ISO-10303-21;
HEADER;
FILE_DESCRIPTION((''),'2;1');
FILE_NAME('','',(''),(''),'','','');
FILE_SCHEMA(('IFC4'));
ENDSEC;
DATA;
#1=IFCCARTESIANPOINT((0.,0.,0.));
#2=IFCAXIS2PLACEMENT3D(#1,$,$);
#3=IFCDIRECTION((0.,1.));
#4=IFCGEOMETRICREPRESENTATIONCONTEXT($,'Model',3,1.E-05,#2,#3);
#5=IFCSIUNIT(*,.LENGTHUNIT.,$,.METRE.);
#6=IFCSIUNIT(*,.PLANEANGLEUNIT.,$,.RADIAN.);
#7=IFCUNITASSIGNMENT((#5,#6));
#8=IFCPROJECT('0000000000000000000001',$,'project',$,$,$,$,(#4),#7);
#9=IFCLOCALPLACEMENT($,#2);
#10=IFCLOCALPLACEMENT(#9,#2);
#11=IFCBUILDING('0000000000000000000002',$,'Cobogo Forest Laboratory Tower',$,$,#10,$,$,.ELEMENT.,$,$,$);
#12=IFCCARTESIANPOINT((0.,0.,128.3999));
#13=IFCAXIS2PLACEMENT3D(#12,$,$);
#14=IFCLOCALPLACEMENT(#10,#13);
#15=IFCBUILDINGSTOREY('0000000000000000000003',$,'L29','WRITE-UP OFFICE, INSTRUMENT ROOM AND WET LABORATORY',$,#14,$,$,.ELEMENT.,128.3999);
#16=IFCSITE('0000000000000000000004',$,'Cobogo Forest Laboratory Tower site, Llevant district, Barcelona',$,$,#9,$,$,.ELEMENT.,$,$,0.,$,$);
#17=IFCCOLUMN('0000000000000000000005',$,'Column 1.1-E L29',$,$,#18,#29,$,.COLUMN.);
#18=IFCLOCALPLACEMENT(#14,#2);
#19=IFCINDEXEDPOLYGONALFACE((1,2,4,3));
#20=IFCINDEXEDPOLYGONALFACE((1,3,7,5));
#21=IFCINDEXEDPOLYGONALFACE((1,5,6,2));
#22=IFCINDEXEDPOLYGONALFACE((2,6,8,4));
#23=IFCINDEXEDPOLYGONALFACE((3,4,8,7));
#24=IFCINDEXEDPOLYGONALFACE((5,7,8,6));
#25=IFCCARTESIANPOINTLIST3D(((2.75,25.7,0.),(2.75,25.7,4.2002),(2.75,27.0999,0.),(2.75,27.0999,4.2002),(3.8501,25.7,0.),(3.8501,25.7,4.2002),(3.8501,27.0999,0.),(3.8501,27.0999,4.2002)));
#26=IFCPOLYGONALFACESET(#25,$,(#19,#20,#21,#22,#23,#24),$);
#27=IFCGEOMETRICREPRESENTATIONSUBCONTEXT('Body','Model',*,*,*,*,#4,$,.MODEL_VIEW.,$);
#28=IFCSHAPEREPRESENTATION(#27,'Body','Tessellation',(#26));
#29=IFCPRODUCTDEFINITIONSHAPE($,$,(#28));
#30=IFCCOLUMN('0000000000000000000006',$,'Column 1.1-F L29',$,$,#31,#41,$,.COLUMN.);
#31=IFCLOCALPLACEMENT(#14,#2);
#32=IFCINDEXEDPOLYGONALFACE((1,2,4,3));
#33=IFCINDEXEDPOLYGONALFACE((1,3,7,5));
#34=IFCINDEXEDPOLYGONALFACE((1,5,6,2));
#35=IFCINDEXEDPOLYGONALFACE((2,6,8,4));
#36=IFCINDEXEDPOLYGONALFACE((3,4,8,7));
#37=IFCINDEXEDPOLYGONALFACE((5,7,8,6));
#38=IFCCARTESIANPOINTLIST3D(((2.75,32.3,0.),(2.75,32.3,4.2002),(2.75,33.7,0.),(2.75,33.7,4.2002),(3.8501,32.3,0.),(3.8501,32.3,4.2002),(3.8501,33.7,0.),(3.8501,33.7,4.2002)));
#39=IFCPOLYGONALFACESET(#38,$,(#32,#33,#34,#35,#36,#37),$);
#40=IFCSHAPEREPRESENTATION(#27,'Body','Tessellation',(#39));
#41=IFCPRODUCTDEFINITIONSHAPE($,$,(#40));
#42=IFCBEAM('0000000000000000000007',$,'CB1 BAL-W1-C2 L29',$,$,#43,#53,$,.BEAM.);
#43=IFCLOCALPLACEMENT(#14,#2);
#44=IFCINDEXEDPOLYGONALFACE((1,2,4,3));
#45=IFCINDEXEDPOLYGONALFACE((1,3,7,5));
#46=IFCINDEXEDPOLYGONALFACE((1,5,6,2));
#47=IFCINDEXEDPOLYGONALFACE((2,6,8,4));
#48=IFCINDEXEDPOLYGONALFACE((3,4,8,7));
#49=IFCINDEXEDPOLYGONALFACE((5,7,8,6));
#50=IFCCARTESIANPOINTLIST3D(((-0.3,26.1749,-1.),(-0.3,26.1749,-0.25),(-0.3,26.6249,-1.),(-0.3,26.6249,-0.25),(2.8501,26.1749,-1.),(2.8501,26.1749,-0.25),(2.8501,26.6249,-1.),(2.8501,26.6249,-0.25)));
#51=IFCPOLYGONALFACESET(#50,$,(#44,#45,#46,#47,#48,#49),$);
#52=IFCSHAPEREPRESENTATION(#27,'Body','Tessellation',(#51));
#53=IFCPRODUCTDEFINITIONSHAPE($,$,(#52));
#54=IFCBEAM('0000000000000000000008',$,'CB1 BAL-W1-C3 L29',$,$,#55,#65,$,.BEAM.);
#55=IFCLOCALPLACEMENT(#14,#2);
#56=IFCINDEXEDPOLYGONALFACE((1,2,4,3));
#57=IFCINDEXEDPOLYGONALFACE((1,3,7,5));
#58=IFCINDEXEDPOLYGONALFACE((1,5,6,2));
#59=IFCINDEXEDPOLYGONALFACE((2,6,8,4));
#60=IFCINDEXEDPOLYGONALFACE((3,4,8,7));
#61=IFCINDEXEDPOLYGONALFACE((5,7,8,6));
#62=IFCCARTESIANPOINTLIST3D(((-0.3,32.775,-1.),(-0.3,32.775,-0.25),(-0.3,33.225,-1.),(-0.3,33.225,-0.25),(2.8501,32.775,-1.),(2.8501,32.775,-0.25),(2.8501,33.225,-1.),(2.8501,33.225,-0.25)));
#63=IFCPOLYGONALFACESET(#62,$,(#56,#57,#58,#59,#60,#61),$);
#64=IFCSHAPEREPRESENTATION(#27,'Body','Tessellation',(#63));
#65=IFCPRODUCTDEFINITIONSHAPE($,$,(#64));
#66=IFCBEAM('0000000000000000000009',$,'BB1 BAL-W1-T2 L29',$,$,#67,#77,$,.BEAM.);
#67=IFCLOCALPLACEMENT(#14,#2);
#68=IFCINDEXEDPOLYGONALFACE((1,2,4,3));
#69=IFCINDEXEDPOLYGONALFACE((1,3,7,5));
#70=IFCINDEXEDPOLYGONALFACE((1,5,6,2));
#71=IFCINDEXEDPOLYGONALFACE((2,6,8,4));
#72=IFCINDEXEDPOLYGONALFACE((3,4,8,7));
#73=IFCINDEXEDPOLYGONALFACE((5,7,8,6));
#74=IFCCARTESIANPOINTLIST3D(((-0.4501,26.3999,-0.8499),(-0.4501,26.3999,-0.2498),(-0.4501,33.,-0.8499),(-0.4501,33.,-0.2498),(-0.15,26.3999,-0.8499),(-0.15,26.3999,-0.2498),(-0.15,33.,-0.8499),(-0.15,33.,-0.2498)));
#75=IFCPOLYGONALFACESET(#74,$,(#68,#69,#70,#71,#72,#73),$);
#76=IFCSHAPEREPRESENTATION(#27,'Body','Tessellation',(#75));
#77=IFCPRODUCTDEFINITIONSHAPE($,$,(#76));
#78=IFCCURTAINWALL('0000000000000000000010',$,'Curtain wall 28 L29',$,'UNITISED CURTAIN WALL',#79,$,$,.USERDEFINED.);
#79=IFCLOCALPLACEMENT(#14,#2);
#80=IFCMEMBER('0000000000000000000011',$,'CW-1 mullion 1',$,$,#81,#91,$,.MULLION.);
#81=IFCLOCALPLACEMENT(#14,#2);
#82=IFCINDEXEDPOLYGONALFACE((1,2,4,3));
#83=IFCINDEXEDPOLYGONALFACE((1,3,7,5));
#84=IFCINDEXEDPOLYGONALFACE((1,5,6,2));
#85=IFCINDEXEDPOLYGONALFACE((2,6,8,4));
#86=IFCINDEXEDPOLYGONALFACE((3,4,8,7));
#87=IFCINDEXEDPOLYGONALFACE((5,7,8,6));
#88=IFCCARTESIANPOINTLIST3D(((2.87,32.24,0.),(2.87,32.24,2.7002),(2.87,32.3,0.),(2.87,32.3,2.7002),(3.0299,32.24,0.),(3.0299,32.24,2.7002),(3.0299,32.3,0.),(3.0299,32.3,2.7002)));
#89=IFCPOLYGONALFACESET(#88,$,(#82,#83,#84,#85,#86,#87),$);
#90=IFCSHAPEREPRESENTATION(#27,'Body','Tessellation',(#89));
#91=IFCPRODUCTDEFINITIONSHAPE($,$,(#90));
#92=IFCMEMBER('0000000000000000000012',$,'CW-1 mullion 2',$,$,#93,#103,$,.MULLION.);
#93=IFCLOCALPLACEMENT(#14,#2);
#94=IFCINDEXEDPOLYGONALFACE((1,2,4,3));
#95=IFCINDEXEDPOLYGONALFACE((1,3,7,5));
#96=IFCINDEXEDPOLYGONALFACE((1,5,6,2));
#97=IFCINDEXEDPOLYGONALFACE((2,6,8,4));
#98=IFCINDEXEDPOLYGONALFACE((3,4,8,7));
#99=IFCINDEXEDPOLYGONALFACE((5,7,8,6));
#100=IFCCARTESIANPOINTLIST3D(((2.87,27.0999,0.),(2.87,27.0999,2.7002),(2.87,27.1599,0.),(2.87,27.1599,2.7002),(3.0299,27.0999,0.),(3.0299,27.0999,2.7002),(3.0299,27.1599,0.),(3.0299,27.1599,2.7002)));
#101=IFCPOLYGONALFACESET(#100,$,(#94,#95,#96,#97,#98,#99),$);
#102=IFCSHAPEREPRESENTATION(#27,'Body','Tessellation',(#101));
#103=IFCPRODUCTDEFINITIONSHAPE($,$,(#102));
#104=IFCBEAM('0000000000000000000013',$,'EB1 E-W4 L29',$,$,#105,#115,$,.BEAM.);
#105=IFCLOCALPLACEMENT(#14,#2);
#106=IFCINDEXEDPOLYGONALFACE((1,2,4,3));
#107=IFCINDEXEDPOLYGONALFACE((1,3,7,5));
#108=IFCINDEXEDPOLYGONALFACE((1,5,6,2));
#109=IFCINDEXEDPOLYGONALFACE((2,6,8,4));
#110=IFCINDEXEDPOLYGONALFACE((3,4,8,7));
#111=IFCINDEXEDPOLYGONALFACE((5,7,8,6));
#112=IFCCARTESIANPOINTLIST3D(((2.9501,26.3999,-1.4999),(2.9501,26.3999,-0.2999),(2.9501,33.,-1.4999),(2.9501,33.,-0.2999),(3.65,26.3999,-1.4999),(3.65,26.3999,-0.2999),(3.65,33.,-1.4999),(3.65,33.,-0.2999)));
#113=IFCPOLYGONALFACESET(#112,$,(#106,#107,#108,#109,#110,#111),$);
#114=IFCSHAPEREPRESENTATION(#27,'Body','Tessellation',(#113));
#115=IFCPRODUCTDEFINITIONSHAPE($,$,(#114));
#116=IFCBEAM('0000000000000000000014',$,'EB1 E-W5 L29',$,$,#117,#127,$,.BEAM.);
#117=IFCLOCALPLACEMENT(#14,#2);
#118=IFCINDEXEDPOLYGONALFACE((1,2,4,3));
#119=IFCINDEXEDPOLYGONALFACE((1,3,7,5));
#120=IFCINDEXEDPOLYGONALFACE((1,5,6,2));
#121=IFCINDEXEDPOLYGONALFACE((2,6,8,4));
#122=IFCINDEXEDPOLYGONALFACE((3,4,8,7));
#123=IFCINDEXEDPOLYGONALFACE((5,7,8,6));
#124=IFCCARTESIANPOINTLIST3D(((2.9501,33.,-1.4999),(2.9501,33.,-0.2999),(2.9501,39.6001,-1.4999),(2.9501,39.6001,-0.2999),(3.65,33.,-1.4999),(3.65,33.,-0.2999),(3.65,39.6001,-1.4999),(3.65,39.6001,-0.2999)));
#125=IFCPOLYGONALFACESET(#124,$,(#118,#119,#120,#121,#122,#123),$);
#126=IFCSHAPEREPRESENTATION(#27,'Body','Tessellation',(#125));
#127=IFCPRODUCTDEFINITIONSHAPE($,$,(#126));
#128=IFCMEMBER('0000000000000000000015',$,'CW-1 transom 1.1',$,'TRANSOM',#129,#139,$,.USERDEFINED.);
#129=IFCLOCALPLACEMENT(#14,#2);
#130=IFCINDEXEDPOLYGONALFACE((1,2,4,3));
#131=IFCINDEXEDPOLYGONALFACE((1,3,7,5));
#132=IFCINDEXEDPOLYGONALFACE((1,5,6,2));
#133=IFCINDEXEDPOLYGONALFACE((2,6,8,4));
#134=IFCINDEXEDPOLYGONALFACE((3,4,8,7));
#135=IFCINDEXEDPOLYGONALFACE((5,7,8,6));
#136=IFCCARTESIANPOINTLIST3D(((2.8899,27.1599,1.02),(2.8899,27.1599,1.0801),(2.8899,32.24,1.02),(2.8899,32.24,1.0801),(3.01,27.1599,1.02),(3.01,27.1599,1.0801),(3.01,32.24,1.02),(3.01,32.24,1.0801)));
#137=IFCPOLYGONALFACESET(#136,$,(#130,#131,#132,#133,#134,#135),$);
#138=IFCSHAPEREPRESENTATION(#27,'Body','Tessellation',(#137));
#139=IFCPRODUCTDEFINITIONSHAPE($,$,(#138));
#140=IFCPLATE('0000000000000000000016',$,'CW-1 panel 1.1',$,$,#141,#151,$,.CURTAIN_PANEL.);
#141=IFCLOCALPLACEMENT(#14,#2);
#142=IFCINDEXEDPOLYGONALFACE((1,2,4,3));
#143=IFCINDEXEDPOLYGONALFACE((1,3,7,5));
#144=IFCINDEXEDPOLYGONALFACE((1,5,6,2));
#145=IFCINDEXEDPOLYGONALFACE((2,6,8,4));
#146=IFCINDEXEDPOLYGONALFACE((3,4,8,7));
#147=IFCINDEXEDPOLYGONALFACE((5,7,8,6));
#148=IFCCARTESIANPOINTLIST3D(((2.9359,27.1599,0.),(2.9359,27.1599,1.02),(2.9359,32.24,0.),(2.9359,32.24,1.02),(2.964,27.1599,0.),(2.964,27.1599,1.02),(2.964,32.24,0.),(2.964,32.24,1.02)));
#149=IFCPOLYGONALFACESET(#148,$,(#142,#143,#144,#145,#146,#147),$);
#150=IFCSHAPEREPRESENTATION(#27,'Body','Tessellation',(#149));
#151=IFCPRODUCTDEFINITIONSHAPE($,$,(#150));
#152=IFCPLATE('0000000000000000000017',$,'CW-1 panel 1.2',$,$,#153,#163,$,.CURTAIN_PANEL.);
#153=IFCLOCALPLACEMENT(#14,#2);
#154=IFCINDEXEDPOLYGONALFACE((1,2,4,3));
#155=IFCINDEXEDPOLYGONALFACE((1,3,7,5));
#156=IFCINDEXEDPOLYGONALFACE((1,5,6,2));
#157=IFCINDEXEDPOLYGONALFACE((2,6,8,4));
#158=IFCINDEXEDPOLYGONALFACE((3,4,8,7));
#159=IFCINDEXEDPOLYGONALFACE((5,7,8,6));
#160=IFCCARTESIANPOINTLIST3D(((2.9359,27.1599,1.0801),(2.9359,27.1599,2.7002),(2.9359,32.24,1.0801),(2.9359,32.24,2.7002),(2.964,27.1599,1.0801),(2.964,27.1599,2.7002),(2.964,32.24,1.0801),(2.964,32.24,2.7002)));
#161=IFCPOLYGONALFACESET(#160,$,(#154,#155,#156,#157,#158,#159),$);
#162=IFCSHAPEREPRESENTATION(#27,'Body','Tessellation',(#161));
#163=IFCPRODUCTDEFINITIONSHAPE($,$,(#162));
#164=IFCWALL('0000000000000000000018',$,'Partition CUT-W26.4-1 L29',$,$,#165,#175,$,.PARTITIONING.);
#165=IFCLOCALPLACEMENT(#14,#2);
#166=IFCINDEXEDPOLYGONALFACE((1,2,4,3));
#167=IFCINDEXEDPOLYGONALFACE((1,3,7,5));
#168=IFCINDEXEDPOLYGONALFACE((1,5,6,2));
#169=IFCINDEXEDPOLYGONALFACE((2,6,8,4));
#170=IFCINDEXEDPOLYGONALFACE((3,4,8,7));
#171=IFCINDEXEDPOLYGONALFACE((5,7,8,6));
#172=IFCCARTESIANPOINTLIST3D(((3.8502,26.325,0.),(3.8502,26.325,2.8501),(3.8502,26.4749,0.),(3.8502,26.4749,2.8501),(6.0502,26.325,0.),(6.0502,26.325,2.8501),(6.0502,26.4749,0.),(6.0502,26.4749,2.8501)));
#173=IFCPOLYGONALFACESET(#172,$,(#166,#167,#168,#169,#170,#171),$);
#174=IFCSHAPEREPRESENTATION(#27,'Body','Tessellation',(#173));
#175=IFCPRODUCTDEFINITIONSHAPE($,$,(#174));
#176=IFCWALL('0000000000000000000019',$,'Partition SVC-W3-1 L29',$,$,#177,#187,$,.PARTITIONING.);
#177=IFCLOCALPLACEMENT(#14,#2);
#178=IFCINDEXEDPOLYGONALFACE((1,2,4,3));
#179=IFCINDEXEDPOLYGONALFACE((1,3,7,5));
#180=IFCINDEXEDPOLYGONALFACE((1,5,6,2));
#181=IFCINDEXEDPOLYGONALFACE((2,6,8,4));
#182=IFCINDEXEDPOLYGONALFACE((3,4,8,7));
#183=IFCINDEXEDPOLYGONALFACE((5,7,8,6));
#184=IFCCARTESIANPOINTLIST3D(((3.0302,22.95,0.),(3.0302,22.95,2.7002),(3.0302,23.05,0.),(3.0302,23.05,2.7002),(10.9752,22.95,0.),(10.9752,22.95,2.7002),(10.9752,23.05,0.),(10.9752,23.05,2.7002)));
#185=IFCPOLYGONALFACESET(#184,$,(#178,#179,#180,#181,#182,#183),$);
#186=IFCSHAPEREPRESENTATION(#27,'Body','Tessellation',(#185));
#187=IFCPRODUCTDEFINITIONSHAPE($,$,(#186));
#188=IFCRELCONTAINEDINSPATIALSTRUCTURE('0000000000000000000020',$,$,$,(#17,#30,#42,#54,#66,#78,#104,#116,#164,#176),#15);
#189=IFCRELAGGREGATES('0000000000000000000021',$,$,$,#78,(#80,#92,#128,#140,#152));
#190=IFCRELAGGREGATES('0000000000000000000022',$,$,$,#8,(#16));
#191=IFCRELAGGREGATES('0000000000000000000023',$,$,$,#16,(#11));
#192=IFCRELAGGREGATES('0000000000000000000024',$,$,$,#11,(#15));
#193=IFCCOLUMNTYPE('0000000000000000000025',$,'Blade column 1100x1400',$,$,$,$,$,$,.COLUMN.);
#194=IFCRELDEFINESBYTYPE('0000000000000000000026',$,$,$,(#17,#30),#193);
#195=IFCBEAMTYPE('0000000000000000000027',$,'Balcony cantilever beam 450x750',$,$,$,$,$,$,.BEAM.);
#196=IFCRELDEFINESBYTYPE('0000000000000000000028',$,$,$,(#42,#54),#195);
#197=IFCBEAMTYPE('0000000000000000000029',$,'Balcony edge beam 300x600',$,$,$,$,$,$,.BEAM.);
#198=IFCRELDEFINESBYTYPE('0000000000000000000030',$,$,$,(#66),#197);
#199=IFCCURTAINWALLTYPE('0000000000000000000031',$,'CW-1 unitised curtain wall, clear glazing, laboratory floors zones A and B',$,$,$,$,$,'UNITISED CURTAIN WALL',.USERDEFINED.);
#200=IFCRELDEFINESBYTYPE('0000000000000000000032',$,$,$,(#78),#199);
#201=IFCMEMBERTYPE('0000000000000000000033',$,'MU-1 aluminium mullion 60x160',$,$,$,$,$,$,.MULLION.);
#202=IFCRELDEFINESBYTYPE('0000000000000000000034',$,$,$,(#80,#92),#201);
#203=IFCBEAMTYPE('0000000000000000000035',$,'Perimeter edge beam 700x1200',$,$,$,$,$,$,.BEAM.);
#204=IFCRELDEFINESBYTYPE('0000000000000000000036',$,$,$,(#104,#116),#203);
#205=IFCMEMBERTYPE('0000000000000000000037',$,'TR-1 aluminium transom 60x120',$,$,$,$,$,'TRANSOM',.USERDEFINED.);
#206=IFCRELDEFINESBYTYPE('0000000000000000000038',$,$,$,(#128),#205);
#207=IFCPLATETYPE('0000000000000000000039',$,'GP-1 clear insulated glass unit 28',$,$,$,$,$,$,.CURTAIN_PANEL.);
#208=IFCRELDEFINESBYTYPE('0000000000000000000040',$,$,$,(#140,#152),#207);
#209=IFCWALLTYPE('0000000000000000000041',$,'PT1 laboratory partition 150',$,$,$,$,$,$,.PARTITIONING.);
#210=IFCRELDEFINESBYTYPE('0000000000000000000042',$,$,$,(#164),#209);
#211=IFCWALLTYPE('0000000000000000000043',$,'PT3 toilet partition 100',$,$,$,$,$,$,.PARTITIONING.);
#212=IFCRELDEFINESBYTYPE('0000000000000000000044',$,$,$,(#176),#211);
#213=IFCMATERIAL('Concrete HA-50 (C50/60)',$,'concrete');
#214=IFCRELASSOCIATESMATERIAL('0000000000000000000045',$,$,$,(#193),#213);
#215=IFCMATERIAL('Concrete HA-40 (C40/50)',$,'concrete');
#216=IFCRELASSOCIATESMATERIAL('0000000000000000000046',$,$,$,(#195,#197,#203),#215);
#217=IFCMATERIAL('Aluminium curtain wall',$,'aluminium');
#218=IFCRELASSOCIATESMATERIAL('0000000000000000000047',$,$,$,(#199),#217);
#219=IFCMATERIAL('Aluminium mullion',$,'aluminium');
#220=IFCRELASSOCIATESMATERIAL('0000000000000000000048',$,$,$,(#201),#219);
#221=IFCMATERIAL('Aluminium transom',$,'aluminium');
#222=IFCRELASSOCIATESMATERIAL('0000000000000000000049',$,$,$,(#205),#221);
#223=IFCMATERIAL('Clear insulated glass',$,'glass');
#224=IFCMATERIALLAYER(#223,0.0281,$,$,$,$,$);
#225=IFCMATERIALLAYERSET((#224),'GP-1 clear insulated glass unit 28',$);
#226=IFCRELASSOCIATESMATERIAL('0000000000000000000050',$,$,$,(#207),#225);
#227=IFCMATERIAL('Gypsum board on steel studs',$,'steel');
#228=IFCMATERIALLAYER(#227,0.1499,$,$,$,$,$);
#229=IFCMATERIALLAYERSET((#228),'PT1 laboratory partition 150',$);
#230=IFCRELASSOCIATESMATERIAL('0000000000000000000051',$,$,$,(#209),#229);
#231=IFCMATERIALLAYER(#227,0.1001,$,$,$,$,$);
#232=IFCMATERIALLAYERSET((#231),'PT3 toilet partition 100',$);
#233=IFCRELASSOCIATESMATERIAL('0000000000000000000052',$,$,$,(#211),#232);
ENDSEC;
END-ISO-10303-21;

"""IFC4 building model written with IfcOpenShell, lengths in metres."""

from ifc_helpers import new_model, si_unit, direction, frame, frame_2d, origin, origin_2d, place, context, subcontext, project, spatial, rectangle, extrude, material, layer, layer_set, material_profile, profile_set, type_object, element, aggregate, save


model = new_model("IFC4")

# Units and contexts
model_context = context("Model", 3, precision=1e-05, world=origin(), true_north=direction((0.0, 1.0)))
body_context = subcontext(model_context, "Body", "Model", "MODEL_VIEW")
ifc_project = project(units=[si_unit("LENGTHUNIT", "METRE"), si_unit("PLANEANGLEUNIT", "RADIAN")], contexts=[model_context])

# Site, building, storey
site_placement = place(None, origin())
site = spatial("IfcSite", under=ifc_project, at=site_placement, Name="Cobogo Forest Laboratory Tower site, Llevant district, Barcelona", CompositionType="ELEMENT", RefElevation=0.0)
building_placement = place(site_placement, origin())
building = spatial("IfcBuilding", under=site, at=building_placement, Name="Cobogo Forest Laboratory Tower", CompositionType="ELEMENT")
storey_placement = place(building_placement, frame((0.0, 0.0, 128.3999)))
storey = spatial("IfcBuildingStorey", under=building, at=storey_placement, Name="L29", Description="WRITE-UP OFFICE, INSTRUMENT ROOM AND WET LABORATORY", CompositionType="ELEMENT", Elevation=128.3999)

# Columns
ifc_material_1 = material(Name="Concrete HA-50 (C50/60)", Category="concrete")
ifc_material_profile_1 = material_profile(ifc_material_1, rectangle(XDim=1.3999, YDim=1.1001, at=origin_2d()), Name="RC 1100x1400")
ifc_profile_set_1 = profile_set([ifc_material_profile_1], Name="Concrete HA-50 (C50/60)")
column_type = type_object("IfcColumnType", Name="Blade column 1100x1400", PredefinedType="COLUMN", material=ifc_profile_set_1)
for number, where, z_axis, x_axis, name in (
    (1, (3.3, 26.3999, 0.0), (0.0, 0.0, 1.0), (0.0, 1.0, 0.0), "Column 1.1-E L29"),
    (2, (3.3, 33.0, 0.0), (0.0, 0.0, 1.0), (0.0, 1.0, 0.0), "Column 1.1-F L29"),
):
    element("IfcColumn", number, at=place(storey_placement, frame(where, z_axis=z_axis, x_axis=x_axis)), inside=storey, type_object=column_type, Name=name, PredefinedType="COLUMN", context=body_context, shape_type="SweptSolid", body=[
        extrude(rectangle(XDim=1.3999, YDim=1.1001, at=origin_2d()), origin(), (0.0, 0.0, 1.0), 4.2002),
    ])

# Beams
ifc_material_2 = material(Name="Concrete HA-40 (C40/50)", Category="concrete")
ifc_material_profile_2 = material_profile(ifc_material_2, rectangle(XDim=0.45, YDim=0.75, at=origin_2d()), Name="RC 450x750")
ifc_profile_set_2 = profile_set([ifc_material_profile_2], Name="Concrete HA-40 (C40/50)")
beam_type_1 = type_object("IfcBeamType", Name="Balcony cantilever beam 450x750", PredefinedType="BEAM", material=ifc_profile_set_2)
for number, where, z_axis, x_axis, name in (
    (3, (2.8501, 26.3999, -0.625), (-1.0, 0.0, 0.0), (0.0, -1.0, 0.0), "CB1 BAL-W1-C2 L29"),
    (4, (2.8501, 33.0, -0.625), (-1.0, 0.0, 0.0), (0.0, -1.0, 0.0), "CB1 BAL-W1-C3 L29"),
):
    element("IfcBeam", number, at=place(storey_placement, frame(where, z_axis=z_axis, x_axis=x_axis)), inside=storey, type_object=beam_type_1, Name=name, PredefinedType="BEAM", context=body_context, shape_type="SweptSolid", body=[
        extrude(rectangle(XDim=0.45, YDim=0.75, at=origin_2d()), origin(), (0.0, 0.0, 1.0), 3.1501),
    ])
ifc_material_profile_3 = material_profile(ifc_material_2, rectangle(XDim=0.3, YDim=0.6001, at=origin_2d()), Name="RC 300x600")
ifc_profile_set_3 = profile_set([ifc_material_profile_3], Name="Concrete HA-40 (C40/50)")
beam_type_2 = type_object("IfcBeamType", Name="Balcony edge beam 300x600", PredefinedType="BEAM", material=ifc_profile_set_3)
beam_placement = place(storey_placement, frame((-0.3, 26.3999, -0.5498), z_axis=(0.0, 1.0, 0.0), x_axis=(-1.0, 0.0, 0.0)))
element("IfcBeam", 5, at=beam_placement, inside=storey, type_object=beam_type_2, Name="BB1 BAL-W1-T2 L29", PredefinedType="BEAM", context=body_context, shape_type="SweptSolid", body=[
    extrude(rectangle(XDim=0.3, YDim=0.6001, at=origin_2d()), origin(), (0.0, 0.0, 1.0), 6.6001),
])

# Curtain wall, members
ifc_material_3 = material(Name="Aluminium curtain wall", Category="aluminium")
curtain_wall_type = type_object("IfcCurtainWallType", Name="CW-1 unitised curtain wall, clear glazing, laboratory floors zones A and B", ElementType="UNITISED CURTAIN WALL", PredefinedType="USERDEFINED", material=ifc_material_3)
curtain_wall_placement = place(storey_placement, origin())
curtain_wall = element("IfcCurtainWall", 6, at=curtain_wall_placement, inside=storey, type_object=curtain_wall_type, Name="Curtain wall 28 L29", ObjectType="UNITISED CURTAIN WALL", PredefinedType="USERDEFINED")
ifc_material_4 = material(Name="Aluminium mullion", Category="aluminium")
ifc_material_profile_4 = material_profile(ifc_material_4, rectangle(XDim=0.0601, YDim=0.1599, at=origin_2d()), Name="AL 60x160")
ifc_profile_set_4 = profile_set([ifc_material_profile_4], Name="Aluminium mullion")
member_type_1 = type_object("IfcMemberType", Name="MU-1 aluminium mullion 60x160", PredefinedType="MULLION", material=ifc_profile_set_4)
member_1_placement = place(storey_placement, frame((2.95, 32.27, 0.0), z_axis=(0.0, 0.0, 1.0), x_axis=(0.0, -1.0, 0.0)))
member_1 = element("IfcMember", 7, at=member_1_placement, type_object=member_type_1, Name="CW-1 mullion 1", PredefinedType="MULLION", context=body_context, shape_type="SweptSolid", body=[
    extrude(rectangle(XDim=0.0601, YDim=0.1599, at=origin_2d()), origin(), (0.0, 0.0, 1.0), 2.7002),
])
member_2_placement = place(storey_placement, frame((2.95, 27.1299, 0.0), z_axis=(0.0, 0.0, 1.0), x_axis=(0.0, -1.0, 0.0)))
member_2 = element("IfcMember", 8, at=member_2_placement, type_object=member_type_1, Name="CW-1 mullion 2", PredefinedType="MULLION", context=body_context, shape_type="SweptSolid", body=[
    extrude(rectangle(XDim=0.0601, YDim=0.1599, at=origin_2d()), origin(), (0.0, 0.0, 1.0), 2.7002),
])

# Beams
ifc_material_profile_5 = material_profile(ifc_material_2, rectangle(XDim=0.7, YDim=1.2, at=origin_2d()), Name="RC 700x1200")
ifc_profile_set_5 = profile_set([ifc_material_profile_5], Name="Concrete HA-40 (C40/50)")
beam_type_3 = type_object("IfcBeamType", Name="Perimeter edge beam 700x1200", PredefinedType="BEAM", material=ifc_profile_set_5)
for number, where, z_axis, x_axis, name in (
    (9, (3.3, 26.3999, -0.8999), (0.0, 1.0, 0.0), (-1.0, 0.0, 0.0), "EB1 E-W4 L29"),
    (10, (3.3, 33.0, -0.8999), (0.0, 1.0, 0.0), (-1.0, 0.0, 0.0), "EB1 E-W5 L29"),
):
    element("IfcBeam", number, at=place(storey_placement, frame(where, z_axis=z_axis, x_axis=x_axis)), inside=storey, type_object=beam_type_3, Name=name, PredefinedType="BEAM", context=body_context, shape_type="SweptSolid", body=[
        extrude(rectangle(XDim=0.7, YDim=1.2, at=origin_2d()), origin(), (0.0, 0.0, 1.0), 6.6001),
    ])

# Member
ifc_material_5 = material(Name="Aluminium transom", Category="aluminium")
ifc_material_profile_6 = material_profile(ifc_material_5, rectangle(XDim=0.1201, YDim=0.0601, at=origin_2d()), Name="AL 60x120")
ifc_profile_set_6 = profile_set([ifc_material_profile_6], Name="Aluminium transom")
member_type_2 = type_object("IfcMemberType", Name="TR-1 aluminium transom 60x120", ElementType="TRANSOM", PredefinedType="USERDEFINED", material=ifc_profile_set_6)
member_3_placement = place(storey_placement, frame((2.95, 32.24, 1.05), z_axis=(0.0, -1.0, 0.0), x_axis=(1.0, 0.0, 0.0)))
member_3 = element("IfcMember", 11, at=member_3_placement, type_object=member_type_2, Name="CW-1 transom 1.1", ObjectType="TRANSOM", PredefinedType="USERDEFINED", context=body_context, shape_type="SweptSolid", body=[
    extrude(rectangle(XDim=0.1201, YDim=0.0601, at=origin_2d()), origin(), (0.0, 0.0, 1.0), 5.0801),
])

# Plates
ifc_material_6 = material(Name="Clear insulated glass", Category="glass")
ifc_layer_1 = layer(ifc_material_6, 0.0281)
ifc_layer_set_1 = layer_set([ifc_layer_1], Name="GP-1 clear insulated glass unit 28")
plate_type = type_object("IfcPlateType", Name="GP-1 clear insulated glass unit 28", PredefinedType="CURTAIN_PANEL", material=ifc_layer_set_1)
plate_1_placement = place(storey_placement, frame((2.95, 29.7, 0.0), z_axis=(0.0, 0.0, 1.0), x_axis=(0.0, -1.0, 0.0)))
plate_1 = element("IfcPlate", 12, at=plate_1_placement, type_object=plate_type, Name="CW-1 panel 1.1", PredefinedType="CURTAIN_PANEL", context=body_context, shape_type="SweptSolid", body=[
    extrude(rectangle(XDim=5.0801, YDim=0.0281, at=origin_2d()), origin(), (0.0, 0.0, 1.0), 1.02),
])
plate_2_placement = place(storey_placement, frame((2.95, 29.7, 1.0801), z_axis=(0.0, 0.0, 1.0), x_axis=(0.0, -1.0, 0.0)))
plate_2 = element("IfcPlate", 13, at=plate_2_placement, type_object=plate_type, Name="CW-1 panel 1.2", PredefinedType="CURTAIN_PANEL", context=body_context, shape_type="SweptSolid", body=[
    extrude(rectangle(XDim=5.0801, YDim=0.0281, at=origin_2d()), origin(), (0.0, 0.0, 1.0), 1.6201),
])
aggregate(curtain_wall, [member_1, member_2, member_3, plate_1, plate_2])

# Walls
ifc_material_7 = material(Name="Gypsum board on steel studs", Category="steel")
ifc_layer_2 = layer(ifc_material_7, 0.1499)
ifc_layer_set_2 = layer_set([ifc_layer_2], Name="PT1 laboratory partition 150")
wall_type_1 = type_object("IfcWallType", Name="PT1 laboratory partition 150", PredefinedType="PARTITIONING", material=ifc_layer_set_2)
wall_1_placement = place(storey_placement, frame((3.8501, 26.3999, 0.0), z_axis=(0.0, 0.0, 1.0), x_axis=(1.0, 0.0, 0.0)))
element("IfcWall", 14, at=wall_1_placement, inside=storey, type_object=wall_type_1, Name="Partition CUT-W26.4-1 L29", PredefinedType="PARTITIONING", context=body_context, shape_type="SweptSolid", body=[
    extrude(rectangle(XDim=2.2, YDim=0.1499, at=frame_2d((1.1001, 0.0))), origin(), (0.0, 0.0, 1.0), 2.8501),
])
ifc_layer_3 = layer(ifc_material_7, 0.1001)
ifc_layer_set_3 = layer_set([ifc_layer_3], Name="PT3 toilet partition 100")
wall_type_2 = type_object("IfcWallType", Name="PT3 toilet partition 100", PredefinedType="PARTITIONING", material=ifc_layer_set_3)
wall_2_placement = place(storey_placement, frame((3.03, 23.0, 0.0), z_axis=(0.0, 0.0, 1.0), x_axis=(1.0, 0.0, 0.0)))
element("IfcWall", 15, at=wall_2_placement, inside=storey, type_object=wall_type_2, Name="Partition SVC-W3-1 L29", PredefinedType="PARTITIONING", context=body_context, shape_type="SweptSolid", body=[
    extrude(rectangle(XDim=7.9451, YDim=0.1001, at=frame_2d((3.9727, 0.0))), origin(), (0.0, 0.0, 1.0), 2.7002),
])

save(model, "model.ifc")
